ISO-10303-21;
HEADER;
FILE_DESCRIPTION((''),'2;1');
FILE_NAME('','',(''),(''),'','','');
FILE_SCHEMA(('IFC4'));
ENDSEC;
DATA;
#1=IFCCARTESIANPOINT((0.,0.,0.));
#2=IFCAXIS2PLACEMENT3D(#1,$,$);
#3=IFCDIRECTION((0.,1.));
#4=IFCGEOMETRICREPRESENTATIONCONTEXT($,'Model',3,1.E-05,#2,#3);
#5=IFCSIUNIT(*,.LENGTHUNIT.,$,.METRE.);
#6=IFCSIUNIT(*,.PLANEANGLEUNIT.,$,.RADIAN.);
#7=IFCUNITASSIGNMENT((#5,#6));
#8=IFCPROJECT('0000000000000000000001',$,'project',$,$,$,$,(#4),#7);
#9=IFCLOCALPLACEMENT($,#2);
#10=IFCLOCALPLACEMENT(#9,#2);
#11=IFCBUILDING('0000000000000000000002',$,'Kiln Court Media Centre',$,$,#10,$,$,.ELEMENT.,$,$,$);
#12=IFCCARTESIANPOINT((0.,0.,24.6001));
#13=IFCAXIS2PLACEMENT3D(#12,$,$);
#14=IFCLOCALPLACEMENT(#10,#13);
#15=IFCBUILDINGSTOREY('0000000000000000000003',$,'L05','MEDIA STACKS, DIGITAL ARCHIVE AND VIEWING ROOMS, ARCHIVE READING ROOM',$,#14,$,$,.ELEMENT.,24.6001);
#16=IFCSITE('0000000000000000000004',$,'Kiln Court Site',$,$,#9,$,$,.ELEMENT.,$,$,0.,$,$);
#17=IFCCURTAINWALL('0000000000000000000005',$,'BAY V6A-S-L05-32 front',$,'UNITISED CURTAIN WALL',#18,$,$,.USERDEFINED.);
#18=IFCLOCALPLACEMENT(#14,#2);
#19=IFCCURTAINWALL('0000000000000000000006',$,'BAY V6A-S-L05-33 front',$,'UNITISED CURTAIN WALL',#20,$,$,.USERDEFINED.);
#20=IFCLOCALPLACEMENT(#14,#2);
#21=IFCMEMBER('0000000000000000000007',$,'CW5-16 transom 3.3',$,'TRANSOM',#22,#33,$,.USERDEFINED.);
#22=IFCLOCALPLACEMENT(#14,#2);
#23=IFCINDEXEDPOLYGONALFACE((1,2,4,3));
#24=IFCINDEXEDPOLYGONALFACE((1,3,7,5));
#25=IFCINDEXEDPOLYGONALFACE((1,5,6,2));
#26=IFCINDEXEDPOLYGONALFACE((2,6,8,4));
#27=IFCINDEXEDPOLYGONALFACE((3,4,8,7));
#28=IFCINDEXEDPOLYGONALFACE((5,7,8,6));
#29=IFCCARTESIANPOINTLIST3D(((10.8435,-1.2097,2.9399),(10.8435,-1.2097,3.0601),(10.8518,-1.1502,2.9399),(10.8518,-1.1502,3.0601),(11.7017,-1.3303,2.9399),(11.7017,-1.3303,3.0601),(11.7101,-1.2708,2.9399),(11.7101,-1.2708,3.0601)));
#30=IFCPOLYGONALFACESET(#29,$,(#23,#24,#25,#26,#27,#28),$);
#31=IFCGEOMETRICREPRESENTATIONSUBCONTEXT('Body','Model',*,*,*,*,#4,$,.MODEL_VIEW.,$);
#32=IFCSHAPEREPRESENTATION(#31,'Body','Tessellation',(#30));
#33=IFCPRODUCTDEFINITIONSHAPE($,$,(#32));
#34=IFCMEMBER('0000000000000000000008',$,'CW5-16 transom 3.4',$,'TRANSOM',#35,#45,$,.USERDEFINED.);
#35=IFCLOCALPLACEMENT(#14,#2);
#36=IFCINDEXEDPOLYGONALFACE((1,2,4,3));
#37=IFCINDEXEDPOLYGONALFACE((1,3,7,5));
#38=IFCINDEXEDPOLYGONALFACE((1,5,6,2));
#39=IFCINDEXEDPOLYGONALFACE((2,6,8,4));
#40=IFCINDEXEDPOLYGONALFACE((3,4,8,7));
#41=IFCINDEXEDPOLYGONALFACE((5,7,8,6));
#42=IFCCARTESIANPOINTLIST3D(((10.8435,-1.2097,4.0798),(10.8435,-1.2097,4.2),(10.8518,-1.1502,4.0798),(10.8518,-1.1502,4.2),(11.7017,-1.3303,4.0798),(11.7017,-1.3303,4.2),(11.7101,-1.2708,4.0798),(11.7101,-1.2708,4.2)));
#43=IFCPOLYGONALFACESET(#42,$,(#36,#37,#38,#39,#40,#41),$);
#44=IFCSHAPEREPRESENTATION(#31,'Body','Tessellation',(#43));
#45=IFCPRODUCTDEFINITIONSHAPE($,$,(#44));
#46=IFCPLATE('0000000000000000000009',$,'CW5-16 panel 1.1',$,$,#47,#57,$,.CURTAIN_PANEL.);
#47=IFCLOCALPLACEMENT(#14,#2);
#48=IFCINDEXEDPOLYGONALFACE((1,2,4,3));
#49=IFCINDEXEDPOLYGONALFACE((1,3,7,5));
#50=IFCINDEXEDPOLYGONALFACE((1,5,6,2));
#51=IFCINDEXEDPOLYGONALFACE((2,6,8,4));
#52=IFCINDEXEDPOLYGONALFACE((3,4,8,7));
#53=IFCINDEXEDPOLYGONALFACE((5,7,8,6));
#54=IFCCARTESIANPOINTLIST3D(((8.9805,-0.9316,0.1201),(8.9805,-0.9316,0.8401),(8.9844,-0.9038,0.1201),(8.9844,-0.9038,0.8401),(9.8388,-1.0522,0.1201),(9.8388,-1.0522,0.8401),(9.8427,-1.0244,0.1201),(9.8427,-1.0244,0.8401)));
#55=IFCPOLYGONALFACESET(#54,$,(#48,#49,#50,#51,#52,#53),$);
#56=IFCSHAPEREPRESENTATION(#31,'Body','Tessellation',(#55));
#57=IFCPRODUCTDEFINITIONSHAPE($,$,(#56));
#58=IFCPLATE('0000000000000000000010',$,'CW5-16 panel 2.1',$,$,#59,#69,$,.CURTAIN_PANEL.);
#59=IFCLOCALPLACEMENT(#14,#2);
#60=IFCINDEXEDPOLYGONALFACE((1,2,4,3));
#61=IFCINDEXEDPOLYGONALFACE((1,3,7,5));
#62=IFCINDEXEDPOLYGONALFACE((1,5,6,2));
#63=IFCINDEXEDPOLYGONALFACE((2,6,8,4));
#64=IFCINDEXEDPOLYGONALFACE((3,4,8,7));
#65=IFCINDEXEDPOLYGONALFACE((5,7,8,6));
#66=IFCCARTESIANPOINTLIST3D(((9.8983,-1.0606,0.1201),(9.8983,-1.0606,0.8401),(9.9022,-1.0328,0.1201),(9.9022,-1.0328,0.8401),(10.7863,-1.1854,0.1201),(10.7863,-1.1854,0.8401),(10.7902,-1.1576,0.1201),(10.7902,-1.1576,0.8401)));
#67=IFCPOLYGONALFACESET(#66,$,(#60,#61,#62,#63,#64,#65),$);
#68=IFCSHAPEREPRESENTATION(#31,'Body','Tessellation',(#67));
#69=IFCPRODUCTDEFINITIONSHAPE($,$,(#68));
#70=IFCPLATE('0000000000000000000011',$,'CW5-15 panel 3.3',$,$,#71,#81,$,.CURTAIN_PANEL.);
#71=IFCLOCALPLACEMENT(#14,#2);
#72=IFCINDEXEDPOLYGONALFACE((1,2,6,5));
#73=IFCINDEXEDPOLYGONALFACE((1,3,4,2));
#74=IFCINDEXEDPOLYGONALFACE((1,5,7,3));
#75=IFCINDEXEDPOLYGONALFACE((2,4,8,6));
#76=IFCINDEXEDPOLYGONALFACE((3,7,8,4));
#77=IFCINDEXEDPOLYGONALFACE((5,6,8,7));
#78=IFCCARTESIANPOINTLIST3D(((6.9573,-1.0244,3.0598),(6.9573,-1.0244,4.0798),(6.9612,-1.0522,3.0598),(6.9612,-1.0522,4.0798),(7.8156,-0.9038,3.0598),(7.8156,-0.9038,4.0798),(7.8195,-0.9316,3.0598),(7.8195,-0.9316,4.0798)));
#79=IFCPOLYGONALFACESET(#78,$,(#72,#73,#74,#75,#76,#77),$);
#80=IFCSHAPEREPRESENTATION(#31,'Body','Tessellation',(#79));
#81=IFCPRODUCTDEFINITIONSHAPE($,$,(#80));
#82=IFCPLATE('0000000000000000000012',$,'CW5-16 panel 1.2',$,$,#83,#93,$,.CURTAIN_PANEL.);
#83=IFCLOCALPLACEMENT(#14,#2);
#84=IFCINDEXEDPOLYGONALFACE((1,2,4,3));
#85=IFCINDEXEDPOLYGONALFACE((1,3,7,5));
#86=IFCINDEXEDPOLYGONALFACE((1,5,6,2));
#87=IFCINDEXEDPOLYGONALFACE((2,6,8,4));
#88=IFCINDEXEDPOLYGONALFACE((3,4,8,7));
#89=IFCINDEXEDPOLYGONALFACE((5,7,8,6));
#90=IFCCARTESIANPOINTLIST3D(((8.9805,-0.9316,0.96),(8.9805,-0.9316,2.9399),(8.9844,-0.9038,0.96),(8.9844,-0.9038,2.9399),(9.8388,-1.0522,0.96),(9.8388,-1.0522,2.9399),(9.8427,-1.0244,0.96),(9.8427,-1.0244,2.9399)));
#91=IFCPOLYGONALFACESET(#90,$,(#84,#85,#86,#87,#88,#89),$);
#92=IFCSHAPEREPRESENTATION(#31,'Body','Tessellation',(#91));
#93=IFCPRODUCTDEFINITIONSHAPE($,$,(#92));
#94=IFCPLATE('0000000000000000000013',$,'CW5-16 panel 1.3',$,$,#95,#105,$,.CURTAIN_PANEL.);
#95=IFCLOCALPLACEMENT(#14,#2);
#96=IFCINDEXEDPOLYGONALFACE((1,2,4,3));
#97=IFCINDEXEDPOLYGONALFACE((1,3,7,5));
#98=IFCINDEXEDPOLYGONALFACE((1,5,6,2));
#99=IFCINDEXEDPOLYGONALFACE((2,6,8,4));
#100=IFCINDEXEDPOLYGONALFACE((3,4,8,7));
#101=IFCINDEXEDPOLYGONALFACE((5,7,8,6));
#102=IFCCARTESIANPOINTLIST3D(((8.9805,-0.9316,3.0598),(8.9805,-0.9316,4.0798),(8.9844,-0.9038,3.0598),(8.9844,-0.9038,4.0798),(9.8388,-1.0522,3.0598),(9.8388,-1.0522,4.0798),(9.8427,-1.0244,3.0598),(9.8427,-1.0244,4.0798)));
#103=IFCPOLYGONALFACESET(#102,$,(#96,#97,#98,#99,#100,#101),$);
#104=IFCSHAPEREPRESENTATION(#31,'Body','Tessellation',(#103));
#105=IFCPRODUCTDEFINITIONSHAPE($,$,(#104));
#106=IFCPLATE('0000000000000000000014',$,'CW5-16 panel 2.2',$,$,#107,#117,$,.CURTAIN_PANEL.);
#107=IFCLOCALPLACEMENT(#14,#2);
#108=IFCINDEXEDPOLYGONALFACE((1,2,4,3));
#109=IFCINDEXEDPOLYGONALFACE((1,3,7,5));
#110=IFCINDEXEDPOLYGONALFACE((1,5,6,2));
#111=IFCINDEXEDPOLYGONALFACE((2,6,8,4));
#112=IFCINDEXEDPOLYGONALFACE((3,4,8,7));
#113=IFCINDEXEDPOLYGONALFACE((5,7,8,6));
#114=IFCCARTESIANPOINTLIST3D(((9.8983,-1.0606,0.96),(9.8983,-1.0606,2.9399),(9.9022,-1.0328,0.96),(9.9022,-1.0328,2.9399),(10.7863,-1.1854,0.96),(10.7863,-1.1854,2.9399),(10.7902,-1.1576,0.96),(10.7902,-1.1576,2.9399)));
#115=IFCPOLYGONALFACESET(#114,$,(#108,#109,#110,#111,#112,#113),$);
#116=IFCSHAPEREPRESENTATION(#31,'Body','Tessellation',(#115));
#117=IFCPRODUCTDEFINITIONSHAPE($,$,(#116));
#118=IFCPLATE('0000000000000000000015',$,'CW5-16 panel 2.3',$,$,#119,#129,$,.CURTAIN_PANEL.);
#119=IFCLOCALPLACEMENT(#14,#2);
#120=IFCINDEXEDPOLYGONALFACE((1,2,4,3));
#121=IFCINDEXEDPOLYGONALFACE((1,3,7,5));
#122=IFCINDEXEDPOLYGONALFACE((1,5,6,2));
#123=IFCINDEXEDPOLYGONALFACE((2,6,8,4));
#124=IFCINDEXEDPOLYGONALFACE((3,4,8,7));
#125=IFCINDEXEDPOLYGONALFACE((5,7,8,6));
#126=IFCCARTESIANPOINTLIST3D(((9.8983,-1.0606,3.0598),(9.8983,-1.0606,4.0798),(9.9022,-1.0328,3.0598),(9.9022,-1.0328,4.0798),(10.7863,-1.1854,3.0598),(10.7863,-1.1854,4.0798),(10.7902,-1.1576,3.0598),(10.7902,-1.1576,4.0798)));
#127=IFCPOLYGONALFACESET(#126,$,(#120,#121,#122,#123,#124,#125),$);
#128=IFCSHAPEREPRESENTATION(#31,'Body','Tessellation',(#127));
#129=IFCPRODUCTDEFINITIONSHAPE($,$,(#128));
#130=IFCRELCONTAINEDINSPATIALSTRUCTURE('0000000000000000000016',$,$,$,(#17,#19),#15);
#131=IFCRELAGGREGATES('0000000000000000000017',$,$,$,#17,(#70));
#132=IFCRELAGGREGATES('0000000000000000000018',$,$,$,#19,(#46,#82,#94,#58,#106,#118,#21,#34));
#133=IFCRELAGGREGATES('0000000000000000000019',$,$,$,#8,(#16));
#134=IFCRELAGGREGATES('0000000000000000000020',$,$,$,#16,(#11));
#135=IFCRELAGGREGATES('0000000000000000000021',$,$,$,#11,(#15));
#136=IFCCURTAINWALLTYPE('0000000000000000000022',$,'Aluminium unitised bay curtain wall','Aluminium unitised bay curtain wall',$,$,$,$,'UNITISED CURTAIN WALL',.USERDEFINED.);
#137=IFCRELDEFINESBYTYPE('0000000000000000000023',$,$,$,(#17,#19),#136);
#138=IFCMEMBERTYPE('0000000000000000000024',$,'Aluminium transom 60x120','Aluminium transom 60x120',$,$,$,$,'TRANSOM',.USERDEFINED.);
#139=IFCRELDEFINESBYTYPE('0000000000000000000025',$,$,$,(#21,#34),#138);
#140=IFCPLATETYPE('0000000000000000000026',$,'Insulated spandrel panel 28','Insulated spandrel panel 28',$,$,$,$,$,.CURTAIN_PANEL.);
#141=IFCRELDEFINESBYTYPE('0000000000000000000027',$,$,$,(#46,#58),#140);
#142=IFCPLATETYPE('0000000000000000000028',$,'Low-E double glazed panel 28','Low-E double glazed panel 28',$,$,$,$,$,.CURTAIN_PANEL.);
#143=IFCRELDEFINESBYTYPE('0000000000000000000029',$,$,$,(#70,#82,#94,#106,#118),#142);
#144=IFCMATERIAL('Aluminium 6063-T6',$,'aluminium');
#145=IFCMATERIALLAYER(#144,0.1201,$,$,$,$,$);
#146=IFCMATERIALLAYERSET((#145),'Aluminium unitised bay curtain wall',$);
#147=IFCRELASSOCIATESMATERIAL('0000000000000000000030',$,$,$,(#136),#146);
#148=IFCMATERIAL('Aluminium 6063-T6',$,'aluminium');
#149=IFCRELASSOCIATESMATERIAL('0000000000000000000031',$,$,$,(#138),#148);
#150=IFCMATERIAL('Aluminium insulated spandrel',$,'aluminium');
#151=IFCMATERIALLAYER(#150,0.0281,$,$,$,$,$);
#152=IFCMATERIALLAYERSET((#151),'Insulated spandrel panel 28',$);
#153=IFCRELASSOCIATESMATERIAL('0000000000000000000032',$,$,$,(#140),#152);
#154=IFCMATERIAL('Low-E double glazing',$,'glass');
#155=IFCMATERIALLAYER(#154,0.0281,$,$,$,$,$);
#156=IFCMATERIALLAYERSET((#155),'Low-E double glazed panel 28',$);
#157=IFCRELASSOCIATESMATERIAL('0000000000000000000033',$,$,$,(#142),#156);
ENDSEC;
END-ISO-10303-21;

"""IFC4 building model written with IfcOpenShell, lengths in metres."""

from ifc_helpers import new_model, si_unit, direction, frame, origin, origin_2d, place, context, subcontext, project, spatial, rectangle, extrude, material, layer, layer_set, material_profile, profile_set, type_object, element, aggregate, save


model = new_model("IFC4")

# Units and contexts
model_context = context("Model", 3, precision=1e-05, world=origin(), true_north=direction((0.0, 1.0)))
body_context = subcontext(model_context, "Body", "Model", "MODEL_VIEW")
ifc_project = project(units=[si_unit("LENGTHUNIT", "METRE"), si_unit("PLANEANGLEUNIT", "RADIAN")], contexts=[model_context])

# Site, building, storey
site_placement = place(None, origin())
site = spatial("IfcSite", under=ifc_project, at=site_placement, Name="Kiln Court Site", CompositionType="ELEMENT", RefElevation=0.0)
building_placement = place(site_placement, origin())
building = spatial("IfcBuilding", under=site, at=building_placement, Name="Kiln Court Media Centre", CompositionType="ELEMENT")
storey_placement = place(building_placement, frame((0.0, 0.0, 24.6001)))
storey = spatial("IfcBuildingStorey", under=building, at=storey_placement, Name="L05", Description="MEDIA STACKS, DIGITAL ARCHIVE AND VIEWING ROOMS, ARCHIVE READING ROOM", CompositionType="ELEMENT", Elevation=24.6001)

# Curtain wall
ifc_material_1 = material(Name="Aluminium 6063-T6", Category="aluminium")
ifc_layer_1 = layer(ifc_material_1, 0.1201)
ifc_layer_set_1 = layer_set([ifc_layer_1], Name="Aluminium unitised bay curtain wall")
curtain_wall_type = type_object("IfcCurtainWallType", Name="Aluminium unitised bay curtain wall", Description="Aluminium unitised bay curtain wall", ElementType="UNITISED CURTAIN WALL", PredefinedType="USERDEFINED", material=ifc_layer_set_1)
curtain_wall_1_placement = place(storey_placement, origin())
curtain_wall_1 = element("IfcCurtainWall", 1, at=curtain_wall_1_placement, inside=storey, type_object=curtain_wall_type, Name="BAY V6A-S-L05-32 front", ObjectType="UNITISED CURTAIN WALL", PredefinedType="USERDEFINED")

# Curtain wall, members, plates
curtain_wall_2_placement = place(storey_placement, origin())
curtain_wall_2 = element("IfcCurtainWall", 2, at=curtain_wall_2_placement, inside=storey, type_object=curtain_wall_type, Name="BAY V6A-S-L05-33 front", ObjectType="UNITISED CURTAIN WALL", PredefinedType="USERDEFINED")
ifc_material_2 = material(Name="Aluminium 6063-T6", Category="aluminium")
ifc_material_profile_1 = material_profile(ifc_material_2, rectangle(XDim=0.0601, YDim=0.1201, at=origin_2d()), Name="Aluminium transom 60x120")
ifc_profile_set_1 = profile_set([ifc_material_profile_1], Name="Aluminium 6063-T6")
member_type_1 = type_object("IfcMemberType", Name="Aluminium transom 60x120", Description="Aluminium transom 60x120", ElementType="TRANSOM", PredefinedType="USERDEFINED", material=ifc_profile_set_1)
member_1_placement = place(storey_placement, frame((10.8477, -1.1799, 3.0), z_axis=(0.990268, -0.139173, 0.0), x_axis=(0.139173, 0.990268, 0.0)))
member_1 = element("IfcMember", 3, at=member_1_placement, type_object=member_type_1, Name="CW5-16 transom 3.3", ObjectType="TRANSOM", PredefinedType="USERDEFINED", context=body_context, shape_type="SweptSolid", body=[
    extrude(rectangle(XDim=0.0601, YDim=0.1201, at=origin_2d()), origin(), (0.0, 0.0, 1.0), 0.8667),
])
member_2_placement = place(storey_placement, frame((10.8477, -1.1799, 4.1399), z_axis=(0.990268, -0.139173, 0.0), x_axis=(0.139173, 0.990268, 0.0)))
member_2 = element("IfcMember", 4, at=member_2_placement, type_object=member_type_1, Name="CW5-16 transom 3.4", ObjectType="TRANSOM", PredefinedType="USERDEFINED", context=body_context, shape_type="SweptSolid", body=[
    extrude(rectangle(XDim=0.0601, YDim=0.1201, at=origin_2d()), origin(), (0.0, 0.0, 1.0), 0.8667),
])
ifc_material_3 = material(Name="Aluminium insulated spandrel", Category="aluminium")
ifc_layer_2 = layer(ifc_material_3, 0.0281)
ifc_layer_set_2 = layer_set([ifc_layer_2], Name="Insulated spandrel panel 28")
plate_type_1 = type_object("IfcPlateType", Name="Insulated spandrel panel 28", Description="Insulated spandrel panel 28", PredefinedType="CURTAIN_PANEL", material=ifc_layer_set_2)
plate_1_placement = place(storey_placement, frame((9.4116, -0.978, 0.1201), z_axis=(0.0, 0.0, 1.0), x_axis=(0.99027, -0.139162, 0.0)))
plate_1 = element("IfcPlate", 5, at=plate_1_placement, type_object=plate_type_1, Name="CW5-16 panel 1.1", PredefinedType="CURTAIN_PANEL", context=body_context, shape_type="SweptSolid", body=[
    extrude(rectangle(XDim=0.8667, YDim=0.0281, at=origin_2d()), origin(), (0.0, 0.0, 1.0), 0.72),
])
plate_2_placement = place(storey_placement, frame((10.3442, -1.1091, 0.1201), z_axis=(0.0, 0.0, 1.0), x_axis=(0.99027, -0.139162, 0.0)))
plate_2 = element("IfcPlate", 6, at=plate_2_placement, type_object=plate_type_1, Name="CW5-16 panel 2.1", PredefinedType="CURTAIN_PANEL", context=body_context, shape_type="SweptSolid", body=[
    extrude(rectangle(XDim=0.8967, YDim=0.0281, at=origin_2d()), origin(), (0.0, 0.0, 1.0), 0.72),
])

# Plates
ifc_material_4 = material(Name="Low-E double glazing", Category="glass")
ifc_layer_3 = layer(ifc_material_4, 0.0281)
ifc_layer_set_3 = layer_set([ifc_layer_3], Name="Low-E double glazed panel 28")
plate_type_2 = type_object("IfcPlateType", Name="Low-E double glazed panel 28", Description="Low-E double glazed panel 28", PredefinedType="CURTAIN_PANEL", material=ifc_layer_set_3)
plate_3_placement = place(storey_placement, frame((7.3884, -0.978, 3.0598), z_axis=(0.0, 0.0, 1.0), x_axis=(0.99027, 0.139162, 0.0)))
plate_3 = element("IfcPlate", 7, at=plate_3_placement, type_object=plate_type_2, Name="CW5-15 panel 3.3", PredefinedType="CURTAIN_PANEL", context=body_context, shape_type="SweptSolid", body=[
    extrude(rectangle(XDim=0.8667, YDim=0.0281, at=origin_2d()), origin(), (0.0, 0.0, 1.0), 1.02),
])
aggregate(curtain_wall_1, [plate_3])
plate_4_placement = place(storey_placement, frame((9.4116, -0.978, 0.96), z_axis=(0.0, 0.0, 1.0), x_axis=(0.99027, -0.139162, 0.0)))
plate_4 = element("IfcPlate", 8, at=plate_4_placement, type_object=plate_type_2, Name="CW5-16 panel 1.2", PredefinedType="CURTAIN_PANEL", context=body_context, shape_type="SweptSolid", body=[
    extrude(rectangle(XDim=0.8667, YDim=0.0281, at=origin_2d()), origin(), (0.0, 0.0, 1.0), 1.98),
])
plate_5_placement = place(storey_placement, frame((9.4116, -0.978, 3.0598), z_axis=(0.0, 0.0, 1.0), x_axis=(0.99027, -0.139162, 0.0)))
plate_5 = element("IfcPlate", 9, at=plate_5_placement, type_object=plate_type_2, Name="CW5-16 panel 1.3", PredefinedType="CURTAIN_PANEL", context=body_context, shape_type="SweptSolid", body=[
    extrude(rectangle(XDim=0.8667, YDim=0.0281, at=origin_2d()), origin(), (0.0, 0.0, 1.0), 1.02),
])
plate_6_placement = place(storey_placement, frame((10.3442, -1.1091, 0.96), z_axis=(0.0, 0.0, 1.0), x_axis=(0.99027, -0.139162, 0.0)))
plate_6 = element("IfcPlate", 10, at=plate_6_placement, type_object=plate_type_2, Name="CW5-16 panel 2.2", PredefinedType="CURTAIN_PANEL", context=body_context, shape_type="SweptSolid", body=[
    extrude(rectangle(XDim=0.8967, YDim=0.0281, at=origin_2d()), origin(), (0.0, 0.0, 1.0), 1.98),
])
plate_7_placement = place(storey_placement, frame((10.3442, -1.1091, 3.0598), z_axis=(0.0, 0.0, 1.0), x_axis=(0.99027, -0.139162, 0.0)))
plate_7 = element("IfcPlate", 11, at=plate_7_placement, type_object=plate_type_2, Name="CW5-16 panel 2.3", PredefinedType="CURTAIN_PANEL", context=body_context, shape_type="SweptSolid", body=[
    extrude(rectangle(XDim=0.8967, YDim=0.0281, at=origin_2d()), origin(), (0.0, 0.0, 1.0), 1.02),
])
aggregate(curtain_wall_2, [plate_1, plate_4, plate_5, plate_2, plate_6, plate_7, member_1, member_2])

save(model, "model.ifc")
